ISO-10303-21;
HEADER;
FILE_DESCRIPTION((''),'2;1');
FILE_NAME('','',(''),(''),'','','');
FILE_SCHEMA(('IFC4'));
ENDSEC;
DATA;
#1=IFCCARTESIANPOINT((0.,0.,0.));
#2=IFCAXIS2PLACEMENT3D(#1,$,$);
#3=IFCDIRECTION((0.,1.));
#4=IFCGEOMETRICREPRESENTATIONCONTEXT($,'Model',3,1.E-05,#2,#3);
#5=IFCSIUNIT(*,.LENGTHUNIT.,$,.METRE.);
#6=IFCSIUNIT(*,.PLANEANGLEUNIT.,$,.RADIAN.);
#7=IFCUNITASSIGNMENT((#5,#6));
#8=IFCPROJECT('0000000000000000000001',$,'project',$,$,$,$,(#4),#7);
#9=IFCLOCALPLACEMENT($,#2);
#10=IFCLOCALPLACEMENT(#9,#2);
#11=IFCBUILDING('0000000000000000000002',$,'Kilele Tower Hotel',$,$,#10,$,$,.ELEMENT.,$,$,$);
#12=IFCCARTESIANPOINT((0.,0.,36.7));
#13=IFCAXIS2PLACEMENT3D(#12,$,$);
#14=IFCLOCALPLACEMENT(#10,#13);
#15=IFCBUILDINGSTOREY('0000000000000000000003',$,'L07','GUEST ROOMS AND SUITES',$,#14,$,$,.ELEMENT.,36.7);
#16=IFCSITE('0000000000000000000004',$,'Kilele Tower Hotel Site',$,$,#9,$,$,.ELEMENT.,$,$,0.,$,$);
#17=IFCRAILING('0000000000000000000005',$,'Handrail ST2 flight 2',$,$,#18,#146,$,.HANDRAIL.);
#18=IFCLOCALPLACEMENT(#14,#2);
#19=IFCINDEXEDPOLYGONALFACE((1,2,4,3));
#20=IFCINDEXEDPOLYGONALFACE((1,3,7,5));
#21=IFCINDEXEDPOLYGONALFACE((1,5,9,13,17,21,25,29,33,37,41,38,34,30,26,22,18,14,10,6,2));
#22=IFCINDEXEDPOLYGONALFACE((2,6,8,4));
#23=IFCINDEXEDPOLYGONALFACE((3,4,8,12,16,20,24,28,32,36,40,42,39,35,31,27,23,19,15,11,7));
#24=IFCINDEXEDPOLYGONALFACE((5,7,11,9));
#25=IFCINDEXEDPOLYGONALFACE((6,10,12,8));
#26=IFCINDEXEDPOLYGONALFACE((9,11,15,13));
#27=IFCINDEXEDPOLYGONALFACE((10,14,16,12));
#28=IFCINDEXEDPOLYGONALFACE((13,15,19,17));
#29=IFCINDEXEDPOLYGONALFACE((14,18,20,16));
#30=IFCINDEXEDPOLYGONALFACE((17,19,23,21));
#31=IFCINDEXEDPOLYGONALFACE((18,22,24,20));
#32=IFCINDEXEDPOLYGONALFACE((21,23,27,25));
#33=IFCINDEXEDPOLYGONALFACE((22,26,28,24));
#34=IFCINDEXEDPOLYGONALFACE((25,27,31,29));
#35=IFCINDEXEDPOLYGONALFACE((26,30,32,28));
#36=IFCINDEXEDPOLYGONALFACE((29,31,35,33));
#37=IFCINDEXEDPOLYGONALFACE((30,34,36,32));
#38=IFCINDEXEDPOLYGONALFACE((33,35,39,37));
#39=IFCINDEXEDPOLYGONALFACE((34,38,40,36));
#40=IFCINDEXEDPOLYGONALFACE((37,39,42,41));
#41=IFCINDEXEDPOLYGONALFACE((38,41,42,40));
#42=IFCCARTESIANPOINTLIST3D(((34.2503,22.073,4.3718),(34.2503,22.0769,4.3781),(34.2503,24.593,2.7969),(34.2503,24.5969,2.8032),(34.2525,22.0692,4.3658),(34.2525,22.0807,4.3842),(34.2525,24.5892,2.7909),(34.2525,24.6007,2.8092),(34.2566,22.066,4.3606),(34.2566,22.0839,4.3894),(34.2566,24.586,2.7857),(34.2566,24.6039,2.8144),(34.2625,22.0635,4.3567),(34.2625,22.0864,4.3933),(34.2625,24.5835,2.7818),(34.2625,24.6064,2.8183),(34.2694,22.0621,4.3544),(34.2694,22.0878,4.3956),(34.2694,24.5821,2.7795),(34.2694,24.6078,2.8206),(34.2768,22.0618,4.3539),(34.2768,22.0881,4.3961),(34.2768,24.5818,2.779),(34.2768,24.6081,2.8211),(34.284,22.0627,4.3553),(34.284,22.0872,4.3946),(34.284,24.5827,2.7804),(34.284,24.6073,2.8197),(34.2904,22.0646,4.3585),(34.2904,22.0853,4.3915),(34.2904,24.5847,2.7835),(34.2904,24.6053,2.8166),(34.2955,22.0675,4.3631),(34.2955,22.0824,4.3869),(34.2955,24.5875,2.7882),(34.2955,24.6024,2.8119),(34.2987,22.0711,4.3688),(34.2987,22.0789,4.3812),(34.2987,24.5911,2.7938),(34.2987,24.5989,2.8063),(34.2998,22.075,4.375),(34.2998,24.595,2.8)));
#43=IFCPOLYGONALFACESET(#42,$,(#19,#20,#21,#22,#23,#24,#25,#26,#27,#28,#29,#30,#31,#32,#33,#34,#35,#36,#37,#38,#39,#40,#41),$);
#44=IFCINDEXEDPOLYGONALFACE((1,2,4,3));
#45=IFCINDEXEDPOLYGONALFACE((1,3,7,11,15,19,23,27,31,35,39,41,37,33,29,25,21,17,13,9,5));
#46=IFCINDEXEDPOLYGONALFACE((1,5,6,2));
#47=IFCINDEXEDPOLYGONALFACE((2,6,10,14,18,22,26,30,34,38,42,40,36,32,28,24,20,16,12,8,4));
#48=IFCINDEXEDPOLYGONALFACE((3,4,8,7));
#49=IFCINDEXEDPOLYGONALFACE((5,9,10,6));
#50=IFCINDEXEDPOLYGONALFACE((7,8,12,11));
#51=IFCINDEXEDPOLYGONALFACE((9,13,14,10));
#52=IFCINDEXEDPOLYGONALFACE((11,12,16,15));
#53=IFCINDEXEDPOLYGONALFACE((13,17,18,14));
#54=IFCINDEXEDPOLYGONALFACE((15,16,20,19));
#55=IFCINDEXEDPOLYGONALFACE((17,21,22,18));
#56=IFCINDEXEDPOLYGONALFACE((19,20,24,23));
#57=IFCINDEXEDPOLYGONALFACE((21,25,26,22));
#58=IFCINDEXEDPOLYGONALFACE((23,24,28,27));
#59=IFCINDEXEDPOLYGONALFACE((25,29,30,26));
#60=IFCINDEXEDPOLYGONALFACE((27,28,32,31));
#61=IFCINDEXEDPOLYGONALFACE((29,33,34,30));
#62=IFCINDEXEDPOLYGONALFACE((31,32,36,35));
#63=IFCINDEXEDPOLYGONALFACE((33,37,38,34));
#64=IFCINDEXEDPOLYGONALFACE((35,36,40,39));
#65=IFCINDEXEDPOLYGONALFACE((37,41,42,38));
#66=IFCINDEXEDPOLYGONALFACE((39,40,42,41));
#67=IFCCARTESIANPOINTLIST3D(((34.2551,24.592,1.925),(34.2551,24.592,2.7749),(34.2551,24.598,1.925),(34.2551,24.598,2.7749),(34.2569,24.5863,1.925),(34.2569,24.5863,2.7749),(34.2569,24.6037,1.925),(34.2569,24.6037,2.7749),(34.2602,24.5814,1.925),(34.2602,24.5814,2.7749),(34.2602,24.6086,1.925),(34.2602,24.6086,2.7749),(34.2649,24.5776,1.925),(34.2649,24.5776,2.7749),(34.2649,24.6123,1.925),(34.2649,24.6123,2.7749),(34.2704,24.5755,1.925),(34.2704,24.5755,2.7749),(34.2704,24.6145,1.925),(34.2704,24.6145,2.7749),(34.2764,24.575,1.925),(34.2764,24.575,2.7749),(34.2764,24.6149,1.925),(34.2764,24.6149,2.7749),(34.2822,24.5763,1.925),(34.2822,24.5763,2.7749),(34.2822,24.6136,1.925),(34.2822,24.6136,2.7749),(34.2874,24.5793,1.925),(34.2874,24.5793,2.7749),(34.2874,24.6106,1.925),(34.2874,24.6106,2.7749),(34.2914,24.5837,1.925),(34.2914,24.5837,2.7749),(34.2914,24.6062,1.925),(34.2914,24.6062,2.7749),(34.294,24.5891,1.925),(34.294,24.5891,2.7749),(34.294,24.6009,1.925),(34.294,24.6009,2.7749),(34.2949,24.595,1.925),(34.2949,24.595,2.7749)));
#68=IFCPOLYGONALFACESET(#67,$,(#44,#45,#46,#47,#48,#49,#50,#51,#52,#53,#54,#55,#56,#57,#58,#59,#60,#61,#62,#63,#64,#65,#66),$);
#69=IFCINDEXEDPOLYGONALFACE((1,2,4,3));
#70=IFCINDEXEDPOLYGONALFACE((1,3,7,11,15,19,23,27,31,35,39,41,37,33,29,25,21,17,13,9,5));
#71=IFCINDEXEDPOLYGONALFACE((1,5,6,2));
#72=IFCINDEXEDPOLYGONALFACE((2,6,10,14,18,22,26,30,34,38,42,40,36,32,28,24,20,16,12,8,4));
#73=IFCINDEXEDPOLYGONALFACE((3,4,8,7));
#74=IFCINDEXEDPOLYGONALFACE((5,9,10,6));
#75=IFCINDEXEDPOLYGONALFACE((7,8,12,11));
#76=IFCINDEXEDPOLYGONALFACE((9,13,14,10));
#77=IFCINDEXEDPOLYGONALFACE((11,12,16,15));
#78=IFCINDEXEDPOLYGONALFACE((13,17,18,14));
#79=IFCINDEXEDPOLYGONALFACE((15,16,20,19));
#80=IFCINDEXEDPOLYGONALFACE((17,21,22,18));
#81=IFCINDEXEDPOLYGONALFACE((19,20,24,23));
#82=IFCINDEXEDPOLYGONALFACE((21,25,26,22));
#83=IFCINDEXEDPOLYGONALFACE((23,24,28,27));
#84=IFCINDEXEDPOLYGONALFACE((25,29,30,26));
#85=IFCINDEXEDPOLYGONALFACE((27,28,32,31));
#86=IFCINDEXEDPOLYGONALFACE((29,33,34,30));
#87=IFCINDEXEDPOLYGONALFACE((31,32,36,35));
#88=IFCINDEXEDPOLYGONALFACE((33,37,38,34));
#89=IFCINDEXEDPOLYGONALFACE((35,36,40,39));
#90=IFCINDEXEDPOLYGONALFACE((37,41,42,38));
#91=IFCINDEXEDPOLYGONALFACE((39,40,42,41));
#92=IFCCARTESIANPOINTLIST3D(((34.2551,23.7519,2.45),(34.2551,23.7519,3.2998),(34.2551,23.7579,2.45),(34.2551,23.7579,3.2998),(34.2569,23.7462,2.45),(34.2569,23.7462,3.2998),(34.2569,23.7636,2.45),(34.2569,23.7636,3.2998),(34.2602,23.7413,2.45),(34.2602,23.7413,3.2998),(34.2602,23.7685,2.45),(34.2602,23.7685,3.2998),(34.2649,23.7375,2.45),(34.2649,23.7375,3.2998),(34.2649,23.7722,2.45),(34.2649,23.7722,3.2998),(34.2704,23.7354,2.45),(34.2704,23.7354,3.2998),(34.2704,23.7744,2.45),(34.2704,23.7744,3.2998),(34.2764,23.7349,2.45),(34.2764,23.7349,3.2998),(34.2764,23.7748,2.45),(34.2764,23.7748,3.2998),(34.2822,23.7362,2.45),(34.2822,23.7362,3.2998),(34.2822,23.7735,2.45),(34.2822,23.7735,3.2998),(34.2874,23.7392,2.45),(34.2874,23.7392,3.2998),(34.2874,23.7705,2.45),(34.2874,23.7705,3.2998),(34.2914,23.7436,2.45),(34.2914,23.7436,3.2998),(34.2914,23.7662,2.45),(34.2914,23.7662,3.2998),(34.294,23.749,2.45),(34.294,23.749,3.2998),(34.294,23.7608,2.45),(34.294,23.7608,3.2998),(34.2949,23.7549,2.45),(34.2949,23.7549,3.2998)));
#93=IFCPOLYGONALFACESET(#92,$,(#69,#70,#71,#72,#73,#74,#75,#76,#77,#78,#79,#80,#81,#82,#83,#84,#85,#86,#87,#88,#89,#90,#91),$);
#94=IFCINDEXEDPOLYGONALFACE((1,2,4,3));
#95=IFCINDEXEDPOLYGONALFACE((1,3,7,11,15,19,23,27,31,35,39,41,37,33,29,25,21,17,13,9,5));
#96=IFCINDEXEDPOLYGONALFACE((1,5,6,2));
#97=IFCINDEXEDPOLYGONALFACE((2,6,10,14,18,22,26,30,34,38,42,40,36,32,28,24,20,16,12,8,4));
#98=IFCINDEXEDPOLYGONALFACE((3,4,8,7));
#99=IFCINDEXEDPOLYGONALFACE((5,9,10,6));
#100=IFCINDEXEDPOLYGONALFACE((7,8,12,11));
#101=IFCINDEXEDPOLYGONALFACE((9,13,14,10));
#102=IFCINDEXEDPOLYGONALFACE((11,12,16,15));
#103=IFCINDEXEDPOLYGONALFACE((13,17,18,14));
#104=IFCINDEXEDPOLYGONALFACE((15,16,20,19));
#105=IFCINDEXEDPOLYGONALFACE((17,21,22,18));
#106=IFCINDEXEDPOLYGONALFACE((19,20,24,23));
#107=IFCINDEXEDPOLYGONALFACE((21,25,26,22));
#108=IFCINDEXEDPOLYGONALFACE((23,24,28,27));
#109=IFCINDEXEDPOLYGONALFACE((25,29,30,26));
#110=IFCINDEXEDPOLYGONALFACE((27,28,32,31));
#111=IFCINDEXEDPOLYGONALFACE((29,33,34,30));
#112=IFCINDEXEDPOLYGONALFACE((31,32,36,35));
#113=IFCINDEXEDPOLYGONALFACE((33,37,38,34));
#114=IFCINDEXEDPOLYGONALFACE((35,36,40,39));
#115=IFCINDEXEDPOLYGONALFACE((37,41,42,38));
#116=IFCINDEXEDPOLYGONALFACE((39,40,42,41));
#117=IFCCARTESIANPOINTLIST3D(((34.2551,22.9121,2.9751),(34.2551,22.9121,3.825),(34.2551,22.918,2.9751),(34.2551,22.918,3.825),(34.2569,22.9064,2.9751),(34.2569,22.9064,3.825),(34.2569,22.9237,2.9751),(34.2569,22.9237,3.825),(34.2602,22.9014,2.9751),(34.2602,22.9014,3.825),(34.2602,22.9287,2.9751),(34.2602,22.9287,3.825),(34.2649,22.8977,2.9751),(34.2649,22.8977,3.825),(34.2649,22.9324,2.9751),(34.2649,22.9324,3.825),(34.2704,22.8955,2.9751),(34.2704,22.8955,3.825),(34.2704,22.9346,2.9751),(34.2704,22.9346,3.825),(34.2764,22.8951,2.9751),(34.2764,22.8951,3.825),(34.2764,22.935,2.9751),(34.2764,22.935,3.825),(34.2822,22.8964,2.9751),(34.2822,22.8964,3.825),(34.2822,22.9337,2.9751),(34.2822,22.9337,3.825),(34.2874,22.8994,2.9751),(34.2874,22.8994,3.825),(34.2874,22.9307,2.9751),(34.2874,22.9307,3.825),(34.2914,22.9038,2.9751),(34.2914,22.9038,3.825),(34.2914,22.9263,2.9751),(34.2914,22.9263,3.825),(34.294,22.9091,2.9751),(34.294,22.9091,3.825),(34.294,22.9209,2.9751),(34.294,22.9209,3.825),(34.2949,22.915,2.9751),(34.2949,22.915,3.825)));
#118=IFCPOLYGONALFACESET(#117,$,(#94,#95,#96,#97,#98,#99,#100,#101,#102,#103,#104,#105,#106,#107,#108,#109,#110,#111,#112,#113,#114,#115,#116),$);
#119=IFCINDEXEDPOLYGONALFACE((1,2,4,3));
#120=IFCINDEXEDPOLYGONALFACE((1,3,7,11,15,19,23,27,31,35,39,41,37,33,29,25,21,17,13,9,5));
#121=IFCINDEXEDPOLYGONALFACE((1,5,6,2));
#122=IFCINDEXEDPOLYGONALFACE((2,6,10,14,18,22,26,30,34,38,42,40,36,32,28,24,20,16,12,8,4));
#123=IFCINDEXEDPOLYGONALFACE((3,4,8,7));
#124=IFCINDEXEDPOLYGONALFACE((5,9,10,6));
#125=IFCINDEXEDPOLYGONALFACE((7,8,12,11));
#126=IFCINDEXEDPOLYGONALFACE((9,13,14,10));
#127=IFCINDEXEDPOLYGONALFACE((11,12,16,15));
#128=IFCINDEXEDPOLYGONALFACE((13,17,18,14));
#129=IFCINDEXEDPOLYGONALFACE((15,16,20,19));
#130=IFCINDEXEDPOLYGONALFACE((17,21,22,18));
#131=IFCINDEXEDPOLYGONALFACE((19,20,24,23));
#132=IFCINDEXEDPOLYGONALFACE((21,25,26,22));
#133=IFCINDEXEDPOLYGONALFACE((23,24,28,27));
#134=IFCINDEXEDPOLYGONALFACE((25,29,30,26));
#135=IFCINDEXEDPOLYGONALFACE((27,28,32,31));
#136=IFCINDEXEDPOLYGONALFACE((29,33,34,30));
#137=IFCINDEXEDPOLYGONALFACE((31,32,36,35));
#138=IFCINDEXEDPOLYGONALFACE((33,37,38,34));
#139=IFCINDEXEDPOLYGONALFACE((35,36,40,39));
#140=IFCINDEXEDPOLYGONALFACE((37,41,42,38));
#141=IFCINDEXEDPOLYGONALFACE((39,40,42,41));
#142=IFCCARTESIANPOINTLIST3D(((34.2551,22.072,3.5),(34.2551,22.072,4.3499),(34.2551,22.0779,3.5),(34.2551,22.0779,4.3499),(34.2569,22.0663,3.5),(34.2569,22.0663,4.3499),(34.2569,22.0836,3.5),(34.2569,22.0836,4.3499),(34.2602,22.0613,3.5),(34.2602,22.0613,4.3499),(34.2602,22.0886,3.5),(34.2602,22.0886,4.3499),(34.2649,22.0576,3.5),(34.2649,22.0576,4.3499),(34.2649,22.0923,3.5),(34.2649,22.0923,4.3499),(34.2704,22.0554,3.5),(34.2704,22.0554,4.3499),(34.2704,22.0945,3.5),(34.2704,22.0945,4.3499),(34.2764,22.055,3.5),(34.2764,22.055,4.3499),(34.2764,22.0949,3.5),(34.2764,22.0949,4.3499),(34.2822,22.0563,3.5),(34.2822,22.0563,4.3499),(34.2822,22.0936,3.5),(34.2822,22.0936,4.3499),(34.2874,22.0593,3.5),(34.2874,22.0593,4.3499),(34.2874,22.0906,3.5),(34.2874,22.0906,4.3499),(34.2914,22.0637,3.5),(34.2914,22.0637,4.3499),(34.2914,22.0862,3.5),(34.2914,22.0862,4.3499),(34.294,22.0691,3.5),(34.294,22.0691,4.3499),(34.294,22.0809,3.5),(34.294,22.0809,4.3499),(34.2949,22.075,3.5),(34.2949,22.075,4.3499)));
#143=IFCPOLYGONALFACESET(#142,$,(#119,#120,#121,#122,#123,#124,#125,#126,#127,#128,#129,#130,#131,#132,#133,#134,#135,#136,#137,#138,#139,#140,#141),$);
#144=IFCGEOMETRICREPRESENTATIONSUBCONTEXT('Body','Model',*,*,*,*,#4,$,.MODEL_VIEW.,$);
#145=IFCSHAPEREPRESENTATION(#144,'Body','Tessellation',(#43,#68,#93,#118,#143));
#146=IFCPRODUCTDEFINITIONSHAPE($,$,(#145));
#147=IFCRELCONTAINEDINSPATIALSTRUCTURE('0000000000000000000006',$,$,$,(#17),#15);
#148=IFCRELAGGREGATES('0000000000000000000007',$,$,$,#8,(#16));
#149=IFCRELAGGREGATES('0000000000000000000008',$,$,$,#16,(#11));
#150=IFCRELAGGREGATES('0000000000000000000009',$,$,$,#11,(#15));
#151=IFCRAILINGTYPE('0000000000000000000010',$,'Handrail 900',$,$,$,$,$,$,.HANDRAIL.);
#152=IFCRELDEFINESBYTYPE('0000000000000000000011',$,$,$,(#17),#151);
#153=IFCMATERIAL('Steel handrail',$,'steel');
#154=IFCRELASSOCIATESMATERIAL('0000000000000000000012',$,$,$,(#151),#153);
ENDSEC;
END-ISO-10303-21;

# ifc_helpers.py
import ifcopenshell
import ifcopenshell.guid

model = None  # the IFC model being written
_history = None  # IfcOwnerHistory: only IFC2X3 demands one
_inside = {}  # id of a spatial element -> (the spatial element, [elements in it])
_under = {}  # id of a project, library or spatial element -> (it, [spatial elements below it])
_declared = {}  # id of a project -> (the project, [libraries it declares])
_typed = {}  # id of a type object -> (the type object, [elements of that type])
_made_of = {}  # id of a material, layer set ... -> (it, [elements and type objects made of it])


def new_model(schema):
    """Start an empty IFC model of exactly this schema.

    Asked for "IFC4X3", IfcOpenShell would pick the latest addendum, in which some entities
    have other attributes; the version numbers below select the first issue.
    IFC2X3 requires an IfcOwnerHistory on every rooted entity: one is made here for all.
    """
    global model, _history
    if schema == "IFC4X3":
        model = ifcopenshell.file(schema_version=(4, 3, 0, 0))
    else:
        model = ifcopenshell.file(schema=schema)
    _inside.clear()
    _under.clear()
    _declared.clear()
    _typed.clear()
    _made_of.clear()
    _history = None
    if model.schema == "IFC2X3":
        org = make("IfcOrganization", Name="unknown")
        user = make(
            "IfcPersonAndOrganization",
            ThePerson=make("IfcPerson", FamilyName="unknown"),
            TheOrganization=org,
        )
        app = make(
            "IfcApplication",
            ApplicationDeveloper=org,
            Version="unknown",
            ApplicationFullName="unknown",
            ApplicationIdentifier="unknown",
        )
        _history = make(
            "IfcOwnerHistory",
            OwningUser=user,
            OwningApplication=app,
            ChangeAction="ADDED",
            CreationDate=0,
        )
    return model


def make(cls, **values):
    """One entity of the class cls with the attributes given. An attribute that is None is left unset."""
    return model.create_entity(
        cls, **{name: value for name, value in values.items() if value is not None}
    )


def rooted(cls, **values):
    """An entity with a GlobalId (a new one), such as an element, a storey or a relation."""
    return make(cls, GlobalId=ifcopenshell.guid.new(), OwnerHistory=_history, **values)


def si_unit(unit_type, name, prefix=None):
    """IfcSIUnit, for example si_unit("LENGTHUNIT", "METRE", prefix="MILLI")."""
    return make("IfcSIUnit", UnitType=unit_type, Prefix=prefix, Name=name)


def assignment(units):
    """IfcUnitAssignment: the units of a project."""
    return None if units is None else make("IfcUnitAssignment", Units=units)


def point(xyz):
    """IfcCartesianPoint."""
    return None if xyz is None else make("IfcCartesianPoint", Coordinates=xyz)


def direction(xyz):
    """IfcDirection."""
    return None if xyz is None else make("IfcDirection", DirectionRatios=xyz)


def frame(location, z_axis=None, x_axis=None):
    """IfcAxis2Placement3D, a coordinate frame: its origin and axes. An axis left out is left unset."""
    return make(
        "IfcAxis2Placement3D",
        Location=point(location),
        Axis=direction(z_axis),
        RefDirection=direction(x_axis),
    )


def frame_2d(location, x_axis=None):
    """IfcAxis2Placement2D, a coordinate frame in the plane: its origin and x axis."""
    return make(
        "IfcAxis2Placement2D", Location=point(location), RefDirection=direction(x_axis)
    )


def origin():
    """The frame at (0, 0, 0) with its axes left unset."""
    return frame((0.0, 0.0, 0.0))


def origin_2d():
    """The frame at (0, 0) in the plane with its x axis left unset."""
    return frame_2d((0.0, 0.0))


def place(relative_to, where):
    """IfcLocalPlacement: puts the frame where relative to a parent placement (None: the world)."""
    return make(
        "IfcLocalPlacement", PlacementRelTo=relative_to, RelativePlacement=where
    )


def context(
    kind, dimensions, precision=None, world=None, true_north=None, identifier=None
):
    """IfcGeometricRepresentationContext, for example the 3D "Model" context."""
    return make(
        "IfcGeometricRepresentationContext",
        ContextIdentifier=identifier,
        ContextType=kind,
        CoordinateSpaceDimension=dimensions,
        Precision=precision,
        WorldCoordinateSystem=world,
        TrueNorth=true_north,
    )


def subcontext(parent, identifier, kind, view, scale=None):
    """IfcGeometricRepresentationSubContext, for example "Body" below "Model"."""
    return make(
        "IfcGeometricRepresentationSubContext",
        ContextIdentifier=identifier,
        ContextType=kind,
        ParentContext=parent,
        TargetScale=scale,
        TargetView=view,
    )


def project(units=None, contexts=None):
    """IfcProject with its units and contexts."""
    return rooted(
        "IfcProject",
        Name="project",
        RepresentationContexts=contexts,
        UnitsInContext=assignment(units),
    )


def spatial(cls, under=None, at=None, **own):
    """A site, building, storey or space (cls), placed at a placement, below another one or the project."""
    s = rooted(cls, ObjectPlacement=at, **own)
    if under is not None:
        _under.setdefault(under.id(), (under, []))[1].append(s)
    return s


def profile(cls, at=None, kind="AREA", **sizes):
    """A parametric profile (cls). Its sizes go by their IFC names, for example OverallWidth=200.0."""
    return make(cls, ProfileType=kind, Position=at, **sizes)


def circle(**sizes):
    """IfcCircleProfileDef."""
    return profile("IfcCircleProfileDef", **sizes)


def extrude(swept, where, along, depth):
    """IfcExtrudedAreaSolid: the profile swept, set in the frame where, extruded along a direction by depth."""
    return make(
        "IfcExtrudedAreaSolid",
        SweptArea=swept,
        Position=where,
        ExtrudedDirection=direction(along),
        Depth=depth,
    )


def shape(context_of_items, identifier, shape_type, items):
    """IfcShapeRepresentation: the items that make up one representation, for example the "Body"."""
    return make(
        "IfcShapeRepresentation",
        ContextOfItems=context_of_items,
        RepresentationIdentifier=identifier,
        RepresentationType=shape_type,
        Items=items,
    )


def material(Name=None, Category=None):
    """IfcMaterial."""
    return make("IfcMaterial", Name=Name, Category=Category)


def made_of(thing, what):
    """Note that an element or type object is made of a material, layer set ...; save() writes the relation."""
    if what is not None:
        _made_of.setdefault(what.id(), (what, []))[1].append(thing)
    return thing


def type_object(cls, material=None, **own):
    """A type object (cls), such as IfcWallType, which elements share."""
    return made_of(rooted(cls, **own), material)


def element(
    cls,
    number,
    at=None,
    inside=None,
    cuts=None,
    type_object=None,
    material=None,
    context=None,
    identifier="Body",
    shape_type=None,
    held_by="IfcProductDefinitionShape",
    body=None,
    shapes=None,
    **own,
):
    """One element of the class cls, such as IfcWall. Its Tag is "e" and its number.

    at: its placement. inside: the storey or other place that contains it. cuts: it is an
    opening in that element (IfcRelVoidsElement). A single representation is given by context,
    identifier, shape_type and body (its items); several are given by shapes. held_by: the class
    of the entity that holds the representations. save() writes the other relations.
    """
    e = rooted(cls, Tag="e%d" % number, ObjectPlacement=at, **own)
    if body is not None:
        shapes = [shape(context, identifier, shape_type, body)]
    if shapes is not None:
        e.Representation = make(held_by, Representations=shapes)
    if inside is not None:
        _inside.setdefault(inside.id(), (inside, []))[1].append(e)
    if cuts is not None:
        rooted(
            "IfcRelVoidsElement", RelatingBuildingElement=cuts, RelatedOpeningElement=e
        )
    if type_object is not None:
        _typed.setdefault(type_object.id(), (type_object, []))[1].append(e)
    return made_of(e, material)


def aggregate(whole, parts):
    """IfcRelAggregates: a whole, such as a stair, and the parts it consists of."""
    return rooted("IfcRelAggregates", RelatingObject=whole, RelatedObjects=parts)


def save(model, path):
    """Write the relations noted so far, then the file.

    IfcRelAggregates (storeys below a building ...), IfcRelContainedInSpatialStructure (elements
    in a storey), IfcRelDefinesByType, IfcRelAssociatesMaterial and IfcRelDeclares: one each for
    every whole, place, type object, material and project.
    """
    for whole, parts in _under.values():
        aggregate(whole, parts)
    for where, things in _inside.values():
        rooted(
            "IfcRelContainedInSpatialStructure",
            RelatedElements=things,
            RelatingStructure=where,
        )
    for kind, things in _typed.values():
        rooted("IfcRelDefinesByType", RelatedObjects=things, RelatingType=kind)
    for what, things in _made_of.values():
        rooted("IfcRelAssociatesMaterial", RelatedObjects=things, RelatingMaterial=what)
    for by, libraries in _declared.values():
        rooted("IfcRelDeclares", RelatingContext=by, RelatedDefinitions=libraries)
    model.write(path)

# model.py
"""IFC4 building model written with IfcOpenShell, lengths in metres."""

from ifc_helpers import new_model, si_unit, direction, frame, origin, origin_2d, place, context, subcontext, project, spatial, circle, extrude, material, type_object, element, save


model = new_model("IFC4")

# Units and contexts
model_context = context("Model", 3, precision=1e-05, world=origin(), true_north=direction((0.0, 1.0)))
body_context = subcontext(model_context, "Body", "Model", "MODEL_VIEW")
ifc_project = project(units=[si_unit("LENGTHUNIT", "METRE"), si_unit("PLANEANGLEUNIT", "RADIAN")], contexts=[model_context])

# Site, building, storey
site_placement = place(None, origin())
site = spatial("IfcSite", under=ifc_project, at=site_placement, Name="Kilele Tower Hotel Site", CompositionType="ELEMENT", RefElevation=0.0)
building_placement = place(site_placement, origin())
building = spatial("IfcBuilding", under=site, at=building_placement, Name="Kilele Tower Hotel", CompositionType="ELEMENT")
storey_placement = place(building_placement, frame((0.0, 0.0, 36.7)))
storey = spatial("IfcBuildingStorey", under=building, at=storey_placement, Name="L07", Description="GUEST ROOMS AND SUITES", CompositionType="ELEMENT", Elevation=36.7)

# Railing
ifc_material_1 = material(Name="Steel handrail", Category="steel")
railing_type_1 = type_object("IfcRailingType", Name="Handrail 900", PredefinedType="HANDRAIL", material=ifc_material_1)
for number, where, name in (
    (1, (34.2749, 24.595, 1.925), "Handrail ST2 flight 2"),
):
    element("IfcRailing", number, at=place(storey_placement, frame(where)), inside=storey, type_object=railing_type_1, Name=name, PredefinedType="HANDRAIL", context=body_context, shape_type="SweptSolid", body=[
        extrude(circle(Radius=0.0249, at=origin_2d()), frame((0.0, 0.0, 0.875), z_axis=(0.0, -0.848008, 0.529984), x_axis=(1.0, 0.0, 0.0)), (0.0, 0.0, 1.0), 2.9717),
        extrude(circle(Radius=0.02, at=origin_2d()), origin(), (0.0, 0.0, 1.0), 0.8499),
        extrude(circle(Radius=0.02, at=origin_2d()), frame((0.0, -0.8401, 0.5249)), (0.0, 0.0, 1.0), 0.8499),
        extrude(circle(Radius=0.02, at=origin_2d()), frame((0.0, -1.6799, 1.05)), (0.0, 0.0, 1.0), 0.8499),
        extrude(circle(Radius=0.02, at=origin_2d()), frame((0.0, -2.52, 1.575)), (0.0, 0.0, 1.0), 0.8499),
    ])

save(model, "model.ifc")
